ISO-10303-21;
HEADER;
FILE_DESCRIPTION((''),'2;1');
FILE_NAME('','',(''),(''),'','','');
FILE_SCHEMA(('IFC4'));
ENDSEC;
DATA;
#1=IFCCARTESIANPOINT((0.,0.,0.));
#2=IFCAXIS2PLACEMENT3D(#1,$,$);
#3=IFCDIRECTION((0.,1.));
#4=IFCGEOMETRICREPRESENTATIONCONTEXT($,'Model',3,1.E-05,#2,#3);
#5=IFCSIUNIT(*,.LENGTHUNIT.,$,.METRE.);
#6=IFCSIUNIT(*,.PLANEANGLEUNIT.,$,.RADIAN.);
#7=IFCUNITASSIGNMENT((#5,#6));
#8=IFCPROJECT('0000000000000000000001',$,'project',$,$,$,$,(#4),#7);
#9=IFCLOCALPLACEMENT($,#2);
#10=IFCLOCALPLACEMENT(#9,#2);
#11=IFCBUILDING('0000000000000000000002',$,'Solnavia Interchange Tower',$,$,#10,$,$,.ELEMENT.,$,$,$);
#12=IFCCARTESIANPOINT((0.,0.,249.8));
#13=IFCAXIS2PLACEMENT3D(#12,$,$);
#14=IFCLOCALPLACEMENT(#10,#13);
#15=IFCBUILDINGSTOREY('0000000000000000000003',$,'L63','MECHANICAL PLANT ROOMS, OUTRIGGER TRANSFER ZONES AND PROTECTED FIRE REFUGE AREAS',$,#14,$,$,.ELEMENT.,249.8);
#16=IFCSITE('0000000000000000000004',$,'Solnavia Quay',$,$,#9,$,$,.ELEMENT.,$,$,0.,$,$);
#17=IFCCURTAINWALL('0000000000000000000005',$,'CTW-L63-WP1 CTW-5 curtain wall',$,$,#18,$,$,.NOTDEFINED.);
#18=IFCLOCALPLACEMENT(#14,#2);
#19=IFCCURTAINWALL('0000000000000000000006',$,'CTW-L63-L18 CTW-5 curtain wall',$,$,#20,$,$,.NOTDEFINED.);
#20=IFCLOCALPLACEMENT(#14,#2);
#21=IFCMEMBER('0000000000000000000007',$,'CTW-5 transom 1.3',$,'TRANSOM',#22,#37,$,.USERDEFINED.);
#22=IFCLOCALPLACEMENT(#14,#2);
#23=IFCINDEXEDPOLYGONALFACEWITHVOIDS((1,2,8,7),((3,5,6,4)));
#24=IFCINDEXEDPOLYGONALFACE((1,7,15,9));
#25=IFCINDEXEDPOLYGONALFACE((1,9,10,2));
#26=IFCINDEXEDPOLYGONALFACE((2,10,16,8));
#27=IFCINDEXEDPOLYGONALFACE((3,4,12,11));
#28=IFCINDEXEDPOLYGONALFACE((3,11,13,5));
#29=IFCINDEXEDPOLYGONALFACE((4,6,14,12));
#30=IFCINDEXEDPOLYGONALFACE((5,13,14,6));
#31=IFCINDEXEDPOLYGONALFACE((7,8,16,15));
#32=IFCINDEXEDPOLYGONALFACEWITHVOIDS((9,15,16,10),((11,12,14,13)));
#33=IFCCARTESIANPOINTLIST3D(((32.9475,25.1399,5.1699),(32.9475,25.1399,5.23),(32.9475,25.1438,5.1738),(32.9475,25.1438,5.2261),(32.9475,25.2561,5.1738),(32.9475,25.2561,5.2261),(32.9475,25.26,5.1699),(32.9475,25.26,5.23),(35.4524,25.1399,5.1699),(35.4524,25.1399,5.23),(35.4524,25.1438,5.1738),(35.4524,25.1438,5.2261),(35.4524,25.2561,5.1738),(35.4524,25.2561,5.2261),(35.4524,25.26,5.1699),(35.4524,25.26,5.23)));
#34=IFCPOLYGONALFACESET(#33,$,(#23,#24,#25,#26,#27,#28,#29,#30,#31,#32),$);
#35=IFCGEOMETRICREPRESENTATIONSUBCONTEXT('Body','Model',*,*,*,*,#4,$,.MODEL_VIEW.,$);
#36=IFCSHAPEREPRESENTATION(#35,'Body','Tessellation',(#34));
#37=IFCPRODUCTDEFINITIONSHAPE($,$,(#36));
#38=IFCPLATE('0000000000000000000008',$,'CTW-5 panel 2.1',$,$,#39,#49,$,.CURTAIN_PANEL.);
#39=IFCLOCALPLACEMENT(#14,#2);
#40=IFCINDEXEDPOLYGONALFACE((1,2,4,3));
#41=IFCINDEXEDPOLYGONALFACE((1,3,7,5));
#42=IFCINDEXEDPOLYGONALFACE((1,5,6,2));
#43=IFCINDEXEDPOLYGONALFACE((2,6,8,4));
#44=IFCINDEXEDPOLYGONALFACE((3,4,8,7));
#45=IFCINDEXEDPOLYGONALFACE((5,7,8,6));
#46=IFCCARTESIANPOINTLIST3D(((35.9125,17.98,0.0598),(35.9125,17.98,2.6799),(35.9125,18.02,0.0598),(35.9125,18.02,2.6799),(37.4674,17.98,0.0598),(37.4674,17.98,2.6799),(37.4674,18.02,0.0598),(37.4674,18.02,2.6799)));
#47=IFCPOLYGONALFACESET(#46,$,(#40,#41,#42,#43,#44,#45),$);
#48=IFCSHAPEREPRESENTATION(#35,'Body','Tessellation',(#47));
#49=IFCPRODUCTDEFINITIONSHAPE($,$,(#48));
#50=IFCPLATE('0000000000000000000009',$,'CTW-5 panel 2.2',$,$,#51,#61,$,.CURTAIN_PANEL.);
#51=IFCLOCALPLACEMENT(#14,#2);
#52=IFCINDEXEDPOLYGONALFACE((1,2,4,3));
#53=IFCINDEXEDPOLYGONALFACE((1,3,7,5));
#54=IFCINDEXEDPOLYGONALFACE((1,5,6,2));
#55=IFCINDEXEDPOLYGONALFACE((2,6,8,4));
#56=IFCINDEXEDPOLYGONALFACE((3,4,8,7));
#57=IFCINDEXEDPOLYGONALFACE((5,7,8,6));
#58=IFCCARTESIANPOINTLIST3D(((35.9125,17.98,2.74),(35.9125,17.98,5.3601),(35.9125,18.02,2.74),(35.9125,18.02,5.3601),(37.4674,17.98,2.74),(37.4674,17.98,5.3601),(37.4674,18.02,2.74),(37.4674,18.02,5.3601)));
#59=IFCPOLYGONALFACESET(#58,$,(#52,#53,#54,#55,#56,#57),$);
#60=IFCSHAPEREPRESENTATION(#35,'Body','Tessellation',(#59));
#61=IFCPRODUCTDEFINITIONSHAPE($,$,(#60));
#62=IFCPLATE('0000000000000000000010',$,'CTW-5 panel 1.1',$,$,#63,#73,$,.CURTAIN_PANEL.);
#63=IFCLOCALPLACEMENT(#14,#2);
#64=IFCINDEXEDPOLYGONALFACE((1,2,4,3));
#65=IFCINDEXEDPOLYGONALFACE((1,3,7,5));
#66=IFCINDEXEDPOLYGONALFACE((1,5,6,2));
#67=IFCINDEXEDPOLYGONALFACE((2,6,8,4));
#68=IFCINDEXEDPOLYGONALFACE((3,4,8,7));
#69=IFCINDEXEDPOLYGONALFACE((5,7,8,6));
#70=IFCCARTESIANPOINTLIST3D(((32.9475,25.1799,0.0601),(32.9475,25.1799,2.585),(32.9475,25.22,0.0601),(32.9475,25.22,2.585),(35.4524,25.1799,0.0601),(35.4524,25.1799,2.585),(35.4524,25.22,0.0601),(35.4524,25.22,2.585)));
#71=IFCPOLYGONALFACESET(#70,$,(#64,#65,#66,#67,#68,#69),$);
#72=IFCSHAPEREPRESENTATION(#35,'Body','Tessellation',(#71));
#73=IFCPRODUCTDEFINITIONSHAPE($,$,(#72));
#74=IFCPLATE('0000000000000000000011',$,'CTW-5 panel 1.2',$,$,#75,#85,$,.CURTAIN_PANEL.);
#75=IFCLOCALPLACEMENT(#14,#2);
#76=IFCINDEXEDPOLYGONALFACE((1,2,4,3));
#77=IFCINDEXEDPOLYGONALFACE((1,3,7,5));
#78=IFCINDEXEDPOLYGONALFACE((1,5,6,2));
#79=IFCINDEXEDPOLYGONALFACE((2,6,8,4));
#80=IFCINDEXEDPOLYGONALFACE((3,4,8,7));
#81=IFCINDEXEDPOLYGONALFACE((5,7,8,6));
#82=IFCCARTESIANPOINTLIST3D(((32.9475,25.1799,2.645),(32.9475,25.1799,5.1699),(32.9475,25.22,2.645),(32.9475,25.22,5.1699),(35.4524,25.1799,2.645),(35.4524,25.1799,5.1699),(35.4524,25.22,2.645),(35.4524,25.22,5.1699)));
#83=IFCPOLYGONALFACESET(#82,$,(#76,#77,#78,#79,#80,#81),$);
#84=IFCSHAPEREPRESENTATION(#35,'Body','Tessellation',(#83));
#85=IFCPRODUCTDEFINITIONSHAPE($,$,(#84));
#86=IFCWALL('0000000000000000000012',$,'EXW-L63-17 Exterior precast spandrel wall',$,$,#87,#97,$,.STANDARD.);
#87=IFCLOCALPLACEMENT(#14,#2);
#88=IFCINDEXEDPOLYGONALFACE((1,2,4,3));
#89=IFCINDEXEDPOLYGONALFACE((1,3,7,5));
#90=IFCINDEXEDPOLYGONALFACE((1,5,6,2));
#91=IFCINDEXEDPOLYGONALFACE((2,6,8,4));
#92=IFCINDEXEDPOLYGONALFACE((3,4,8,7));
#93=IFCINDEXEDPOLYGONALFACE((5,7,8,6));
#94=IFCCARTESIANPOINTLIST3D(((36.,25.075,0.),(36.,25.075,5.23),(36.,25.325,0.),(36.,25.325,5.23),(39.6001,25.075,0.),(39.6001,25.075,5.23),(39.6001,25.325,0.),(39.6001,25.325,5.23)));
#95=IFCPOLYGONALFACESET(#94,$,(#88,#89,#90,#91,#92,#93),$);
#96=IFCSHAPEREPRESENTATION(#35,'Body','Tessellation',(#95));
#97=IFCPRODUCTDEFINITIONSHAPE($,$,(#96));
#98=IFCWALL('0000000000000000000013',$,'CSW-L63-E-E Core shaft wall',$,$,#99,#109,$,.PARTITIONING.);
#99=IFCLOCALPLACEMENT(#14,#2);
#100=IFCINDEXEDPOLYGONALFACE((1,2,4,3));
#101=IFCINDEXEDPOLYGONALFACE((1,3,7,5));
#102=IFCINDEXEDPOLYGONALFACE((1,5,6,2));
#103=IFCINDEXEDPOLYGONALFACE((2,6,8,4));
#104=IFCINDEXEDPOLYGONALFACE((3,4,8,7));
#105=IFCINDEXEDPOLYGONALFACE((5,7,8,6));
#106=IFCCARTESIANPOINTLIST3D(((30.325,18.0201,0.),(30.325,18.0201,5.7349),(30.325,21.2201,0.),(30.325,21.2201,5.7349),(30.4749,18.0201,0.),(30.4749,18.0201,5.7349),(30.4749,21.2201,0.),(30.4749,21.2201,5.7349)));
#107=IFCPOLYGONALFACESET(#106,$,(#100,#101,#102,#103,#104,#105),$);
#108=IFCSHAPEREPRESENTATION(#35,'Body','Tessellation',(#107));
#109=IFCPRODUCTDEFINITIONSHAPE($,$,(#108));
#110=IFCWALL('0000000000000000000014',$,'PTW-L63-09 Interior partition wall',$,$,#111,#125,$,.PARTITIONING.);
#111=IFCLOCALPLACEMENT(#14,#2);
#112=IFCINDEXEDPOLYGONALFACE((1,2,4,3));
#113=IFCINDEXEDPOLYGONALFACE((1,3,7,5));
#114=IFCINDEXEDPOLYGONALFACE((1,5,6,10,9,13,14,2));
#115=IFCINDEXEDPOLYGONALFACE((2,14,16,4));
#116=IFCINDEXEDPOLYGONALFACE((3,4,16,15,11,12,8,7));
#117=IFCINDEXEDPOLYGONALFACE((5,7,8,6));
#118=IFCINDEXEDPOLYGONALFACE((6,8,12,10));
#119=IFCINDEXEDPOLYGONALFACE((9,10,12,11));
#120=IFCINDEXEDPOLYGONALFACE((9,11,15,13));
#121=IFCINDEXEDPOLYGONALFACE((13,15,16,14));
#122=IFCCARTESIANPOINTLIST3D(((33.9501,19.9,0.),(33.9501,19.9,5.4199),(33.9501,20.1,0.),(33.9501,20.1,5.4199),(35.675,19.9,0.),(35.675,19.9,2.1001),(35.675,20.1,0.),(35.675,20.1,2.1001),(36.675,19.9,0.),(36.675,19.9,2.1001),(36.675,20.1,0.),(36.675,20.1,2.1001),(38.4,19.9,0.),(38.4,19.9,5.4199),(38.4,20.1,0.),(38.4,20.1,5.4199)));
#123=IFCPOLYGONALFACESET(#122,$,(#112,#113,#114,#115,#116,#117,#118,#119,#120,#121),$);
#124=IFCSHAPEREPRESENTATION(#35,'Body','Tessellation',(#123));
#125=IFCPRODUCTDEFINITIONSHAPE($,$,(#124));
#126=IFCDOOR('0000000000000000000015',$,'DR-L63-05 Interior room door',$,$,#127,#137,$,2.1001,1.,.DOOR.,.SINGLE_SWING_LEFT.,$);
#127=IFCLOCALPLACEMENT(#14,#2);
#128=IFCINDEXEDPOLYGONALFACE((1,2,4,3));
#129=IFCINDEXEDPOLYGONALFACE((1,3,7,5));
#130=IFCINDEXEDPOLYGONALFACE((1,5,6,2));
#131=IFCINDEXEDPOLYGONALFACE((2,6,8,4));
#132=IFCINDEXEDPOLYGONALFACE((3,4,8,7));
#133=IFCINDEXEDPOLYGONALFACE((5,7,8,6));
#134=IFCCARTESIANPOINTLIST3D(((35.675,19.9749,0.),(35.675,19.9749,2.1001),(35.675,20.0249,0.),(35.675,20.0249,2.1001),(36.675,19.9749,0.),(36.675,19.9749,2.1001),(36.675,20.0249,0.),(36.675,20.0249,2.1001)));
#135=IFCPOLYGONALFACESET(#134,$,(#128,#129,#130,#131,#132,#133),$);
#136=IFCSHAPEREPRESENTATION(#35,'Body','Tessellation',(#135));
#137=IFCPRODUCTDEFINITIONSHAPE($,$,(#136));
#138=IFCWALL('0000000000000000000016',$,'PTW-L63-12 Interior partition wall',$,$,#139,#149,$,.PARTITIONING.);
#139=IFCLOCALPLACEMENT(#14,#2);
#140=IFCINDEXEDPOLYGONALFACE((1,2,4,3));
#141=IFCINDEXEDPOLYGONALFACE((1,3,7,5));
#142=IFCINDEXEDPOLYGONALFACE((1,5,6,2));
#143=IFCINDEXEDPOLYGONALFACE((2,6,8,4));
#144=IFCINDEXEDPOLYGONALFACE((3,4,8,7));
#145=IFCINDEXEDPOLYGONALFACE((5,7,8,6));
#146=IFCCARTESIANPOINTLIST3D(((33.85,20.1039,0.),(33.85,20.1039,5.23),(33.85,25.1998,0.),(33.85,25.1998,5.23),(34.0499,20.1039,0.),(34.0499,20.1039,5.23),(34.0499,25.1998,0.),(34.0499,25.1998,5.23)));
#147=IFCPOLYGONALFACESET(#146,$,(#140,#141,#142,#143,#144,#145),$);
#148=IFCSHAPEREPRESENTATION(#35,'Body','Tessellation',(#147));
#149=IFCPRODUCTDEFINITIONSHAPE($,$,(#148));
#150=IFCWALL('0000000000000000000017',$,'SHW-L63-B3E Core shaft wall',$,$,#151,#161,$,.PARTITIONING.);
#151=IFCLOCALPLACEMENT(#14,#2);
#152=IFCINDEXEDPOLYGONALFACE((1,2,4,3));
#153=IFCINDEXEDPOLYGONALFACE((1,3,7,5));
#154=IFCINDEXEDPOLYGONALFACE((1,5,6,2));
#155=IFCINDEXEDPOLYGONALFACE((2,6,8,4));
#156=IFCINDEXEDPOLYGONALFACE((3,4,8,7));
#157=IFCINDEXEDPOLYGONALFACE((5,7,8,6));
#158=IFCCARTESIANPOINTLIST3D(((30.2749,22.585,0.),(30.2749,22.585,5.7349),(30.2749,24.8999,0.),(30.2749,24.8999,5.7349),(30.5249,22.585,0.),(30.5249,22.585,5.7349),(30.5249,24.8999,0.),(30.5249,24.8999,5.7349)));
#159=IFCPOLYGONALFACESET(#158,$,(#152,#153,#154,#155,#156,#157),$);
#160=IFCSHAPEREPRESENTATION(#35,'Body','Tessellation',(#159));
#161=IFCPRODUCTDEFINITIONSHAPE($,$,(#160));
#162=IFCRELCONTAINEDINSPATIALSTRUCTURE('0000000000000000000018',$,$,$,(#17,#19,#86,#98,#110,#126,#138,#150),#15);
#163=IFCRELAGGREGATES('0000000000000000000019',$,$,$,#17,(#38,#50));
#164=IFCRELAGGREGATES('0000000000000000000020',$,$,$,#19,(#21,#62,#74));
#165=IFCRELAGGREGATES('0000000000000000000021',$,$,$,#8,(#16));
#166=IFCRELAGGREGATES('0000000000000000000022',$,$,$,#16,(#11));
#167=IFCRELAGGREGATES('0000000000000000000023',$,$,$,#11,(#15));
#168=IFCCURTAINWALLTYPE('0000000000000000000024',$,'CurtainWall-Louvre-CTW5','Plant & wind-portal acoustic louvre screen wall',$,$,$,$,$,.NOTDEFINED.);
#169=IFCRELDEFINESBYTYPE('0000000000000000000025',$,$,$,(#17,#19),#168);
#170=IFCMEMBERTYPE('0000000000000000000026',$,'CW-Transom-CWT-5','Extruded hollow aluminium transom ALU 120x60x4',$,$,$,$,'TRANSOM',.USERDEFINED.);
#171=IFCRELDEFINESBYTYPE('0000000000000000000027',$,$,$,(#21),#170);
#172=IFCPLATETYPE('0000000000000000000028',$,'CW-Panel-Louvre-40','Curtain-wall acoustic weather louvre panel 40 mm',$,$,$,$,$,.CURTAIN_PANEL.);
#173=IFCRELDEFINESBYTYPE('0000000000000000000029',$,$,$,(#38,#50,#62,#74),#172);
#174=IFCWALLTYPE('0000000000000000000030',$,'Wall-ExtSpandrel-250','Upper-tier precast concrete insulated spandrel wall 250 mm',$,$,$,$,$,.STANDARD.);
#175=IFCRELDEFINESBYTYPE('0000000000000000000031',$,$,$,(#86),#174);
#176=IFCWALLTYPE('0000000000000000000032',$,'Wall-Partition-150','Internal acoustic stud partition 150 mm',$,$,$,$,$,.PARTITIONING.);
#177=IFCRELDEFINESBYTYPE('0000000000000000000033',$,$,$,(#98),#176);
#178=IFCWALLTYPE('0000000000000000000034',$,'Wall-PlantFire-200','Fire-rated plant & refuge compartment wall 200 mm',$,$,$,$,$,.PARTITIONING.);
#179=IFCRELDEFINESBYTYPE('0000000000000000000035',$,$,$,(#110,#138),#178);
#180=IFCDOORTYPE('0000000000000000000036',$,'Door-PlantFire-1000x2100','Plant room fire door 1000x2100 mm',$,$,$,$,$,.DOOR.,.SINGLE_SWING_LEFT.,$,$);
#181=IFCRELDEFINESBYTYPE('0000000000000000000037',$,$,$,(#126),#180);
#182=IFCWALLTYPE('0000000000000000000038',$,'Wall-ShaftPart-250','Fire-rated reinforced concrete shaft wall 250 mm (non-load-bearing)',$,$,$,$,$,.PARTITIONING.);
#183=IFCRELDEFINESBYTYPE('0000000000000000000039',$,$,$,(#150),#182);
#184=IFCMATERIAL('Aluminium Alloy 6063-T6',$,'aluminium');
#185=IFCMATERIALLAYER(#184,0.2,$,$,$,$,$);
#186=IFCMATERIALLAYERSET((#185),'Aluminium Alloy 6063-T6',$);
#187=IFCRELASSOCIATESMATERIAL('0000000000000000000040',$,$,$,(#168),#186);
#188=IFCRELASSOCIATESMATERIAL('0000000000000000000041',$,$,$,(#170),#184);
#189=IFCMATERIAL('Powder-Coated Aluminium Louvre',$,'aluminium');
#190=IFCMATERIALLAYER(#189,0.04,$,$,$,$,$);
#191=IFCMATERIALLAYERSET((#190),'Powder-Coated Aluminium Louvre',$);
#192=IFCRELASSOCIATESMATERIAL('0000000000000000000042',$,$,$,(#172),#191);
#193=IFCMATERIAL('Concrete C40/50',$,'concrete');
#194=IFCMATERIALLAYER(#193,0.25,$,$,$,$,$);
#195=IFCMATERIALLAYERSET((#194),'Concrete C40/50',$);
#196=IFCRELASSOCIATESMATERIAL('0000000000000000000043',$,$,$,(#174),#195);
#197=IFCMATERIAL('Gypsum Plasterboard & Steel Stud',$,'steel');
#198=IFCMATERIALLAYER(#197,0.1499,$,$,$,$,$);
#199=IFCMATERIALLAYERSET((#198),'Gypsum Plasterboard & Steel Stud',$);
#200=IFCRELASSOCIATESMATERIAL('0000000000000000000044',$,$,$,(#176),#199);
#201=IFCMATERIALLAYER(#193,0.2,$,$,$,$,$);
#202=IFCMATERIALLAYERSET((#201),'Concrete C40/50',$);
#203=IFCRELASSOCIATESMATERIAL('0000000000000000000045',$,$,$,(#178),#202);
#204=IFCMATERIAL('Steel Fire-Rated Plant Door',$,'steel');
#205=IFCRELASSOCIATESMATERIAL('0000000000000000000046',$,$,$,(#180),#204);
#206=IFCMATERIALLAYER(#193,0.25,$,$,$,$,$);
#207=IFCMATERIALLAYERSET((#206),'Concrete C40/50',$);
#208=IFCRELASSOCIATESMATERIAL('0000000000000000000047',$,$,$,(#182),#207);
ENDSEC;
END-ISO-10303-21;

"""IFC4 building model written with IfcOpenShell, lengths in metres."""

from ifc_helpers import new_model, si_unit, direction, frame, frame_2d, origin, origin_2d, place, context, subcontext, project, spatial, rectangle, hollow_rectangle, extrude, material, layer, layer_set, material_profile, profile_set, type_object, element, fill, aggregate, save


model = new_model("IFC4")

# Units and contexts
model_context = context("Model", 3, precision=1e-05, world=origin(), true_north=direction((0.0, 1.0)))
body_context = subcontext(model_context, "Body", "Model", "MODEL_VIEW")
ifc_project = project(units=[si_unit("LENGTHUNIT", "METRE"), si_unit("PLANEANGLEUNIT", "RADIAN")], contexts=[model_context])

# Site, building, storey
site_placement = place(None, origin())
site = spatial("IfcSite", under=ifc_project, at=site_placement, Name="Solnavia Quay", CompositionType="ELEMENT", RefElevation=0.0)
building_placement = place(site_placement, origin())
building = spatial("IfcBuilding", under=site, at=building_placement, Name="Solnavia Interchange Tower", CompositionType="ELEMENT")
storey_placement = place(building_placement, frame((0.0, 0.0, 249.8)))
storey = spatial("IfcBuildingStorey", under=building, at=storey_placement, Name="L63", Description="MECHANICAL PLANT ROOMS, OUTRIGGER TRANSFER ZONES AND PROTECTED FIRE REFUGE AREAS", CompositionType="ELEMENT", Elevation=249.8)

# Curtain wall
ifc_material_1 = material(Name="Aluminium Alloy 6063-T6", Category="aluminium")
ifc_layer_1 = layer(ifc_material_1, 0.2)
ifc_layer_set_1 = layer_set([ifc_layer_1], Name="Aluminium Alloy 6063-T6")
curtain_wall_type = type_object("IfcCurtainWallType", Name="CurtainWall-Louvre-CTW5", Description="Plant & wind-portal acoustic louvre screen wall", PredefinedType="NOTDEFINED", material=ifc_layer_set_1)
curtain_wall_1_placement = place(storey_placement, origin())
curtain_wall_1 = element("IfcCurtainWall", 1, at=curtain_wall_1_placement, inside=storey, type_object=curtain_wall_type, Name="CTW-L63-WP1 CTW-5 curtain wall", PredefinedType="NOTDEFINED")

# Curtain wall
curtain_wall_2_placement = place(storey_placement, origin())
curtain_wall_2 = element("IfcCurtainWall", 2, at=curtain_wall_2_placement, inside=storey, type_object=curtain_wall_type, Name="CTW-L63-L18 CTW-5 curtain wall", PredefinedType="NOTDEFINED")

# Member
ifc_material_profile_1 = material_profile(ifc_material_1, hollow_rectangle(XDim=0.0601, YDim=0.1201, WallThickness=0.0039, at=origin_2d()), Name="ALU 120x60x4")
ifc_profile_set_1 = profile_set([ifc_material_profile_1], Name="Aluminium Alloy 6063-T6")
member_type_1 = type_object("IfcMemberType", Name="CW-Transom-CWT-5", Description="Extruded hollow aluminium transom ALU 120x60x4", ElementType="TRANSOM", PredefinedType="USERDEFINED", material=ifc_profile_set_1)
member_1_placement = place(storey_placement, frame((35.4524, 25.2, 5.2), z_axis=(-1.0, 0.0, 0.0), x_axis=(0.0, 0.0, 1.0)))
member_1 = element("IfcMember", 3, at=member_1_placement, type_object=member_type_1, Name="CTW-5 transom 1.3", ObjectType="TRANSOM", PredefinedType="USERDEFINED", context=body_context, shape_type="SweptSolid", body=[
    extrude(hollow_rectangle(XDim=0.0601, YDim=0.1201, WallThickness=0.0039, at=origin_2d()), origin(), (0.0, 0.0, 1.0), 2.5049),
])

# Plates
ifc_material_2 = material(Name="Powder-Coated Aluminium Louvre", Category="aluminium")
ifc_layer_2 = layer(ifc_material_2, 0.04)
ifc_layer_set_2 = layer_set([ifc_layer_2], Name="Powder-Coated Aluminium Louvre")
plate_type = type_object("IfcPlateType", Name="CW-Panel-Louvre-40", Description="Curtain-wall acoustic weather louvre panel 40 mm", PredefinedType="CURTAIN_PANEL", material=ifc_layer_set_2)
plate_1_placement = place(storey_placement, frame((36.6899, 18.0, 0.0598), z_axis=(0.0, 0.0, 1.0), x_axis=(1.0, 0.0, 0.0)))
plate_1 = element("IfcPlate", 4, at=plate_1_placement, type_object=plate_type, Name="CTW-5 panel 2.1", PredefinedType="CURTAIN_PANEL", context=body_context, shape_type="SweptSolid", body=[
    extrude(rectangle(XDim=1.5549, YDim=0.04, at=origin_2d()), origin(), (0.0, 0.0, 1.0), 2.6201),
])
plate_2_placement = place(storey_placement, frame((36.6899, 18.0, 2.74), z_axis=(0.0, 0.0, 1.0), x_axis=(1.0, 0.0, 0.0)))
plate_2 = element("IfcPlate", 5, at=plate_2_placement, type_object=plate_type, Name="CTW-5 panel 2.2", PredefinedType="CURTAIN_PANEL", context=body_context, shape_type="SweptSolid", body=[
    extrude(rectangle(XDim=1.5549, YDim=0.04, at=origin_2d()), origin(), (0.0, 0.0, 1.0), 2.6201),
])
aggregate(curtain_wall_1, [plate_1, plate_2])
plate_3_placement = place(storey_placement, frame((34.2, 25.2, 0.0601), z_axis=(0.0, 0.0, 1.0), x_axis=(-1.0, 0.0, 0.0)))
plate_3 = element("IfcPlate", 6, at=plate_3_placement, type_object=plate_type, Name="CTW-5 panel 1.1", PredefinedType="CURTAIN_PANEL", context=body_context, shape_type="SweptSolid", body=[
    extrude(rectangle(XDim=2.5049, YDim=0.04, at=origin_2d()), origin(), (0.0, 0.0, 1.0), 2.5249),
])
plate_4_placement = place(storey_placement, frame((34.2, 25.2, 2.645), z_axis=(0.0, 0.0, 1.0), x_axis=(-1.0, 0.0, 0.0)))
plate_4 = element("IfcPlate", 7, at=plate_4_placement, type_object=plate_type, Name="CTW-5 panel 1.2", PredefinedType="CURTAIN_PANEL", context=body_context, shape_type="SweptSolid", body=[
    extrude(rectangle(XDim=2.5049, YDim=0.04, at=origin_2d()), origin(), (0.0, 0.0, 1.0), 2.5249),
])
aggregate(curtain_wall_2, [member_1, plate_3, plate_4])

# Walls
ifc_material_3 = material(Name="Concrete C40/50", Category="concrete")
ifc_layer_3 = layer(ifc_material_3, 0.25)
ifc_layer_set_3 = layer_set([ifc_layer_3], Name="Concrete C40/50")
wall_type_1 = type_object("IfcWallType", Name="Wall-ExtSpandrel-250", Description="Upper-tier precast concrete insulated spandrel wall 250 mm", PredefinedType="STANDARD", material=ifc_layer_set_3)
wall_1_placement = place(storey_placement, frame((36.0, 25.2, 0.0), z_axis=(0.0, 0.0, 1.0), x_axis=(1.0, 0.0, 0.0)))
element("IfcWall", 8, at=wall_1_placement, inside=storey, type_object=wall_type_1, Name="EXW-L63-17 Exterior precast spandrel wall", PredefinedType="STANDARD", context=body_context, shape_type="SweptSolid", body=[
    extrude(rectangle(XDim=3.6001, YDim=0.25, at=frame_2d((1.8, 0.0))), origin(), (0.0, 0.0, 1.0), 5.23),
])
ifc_material_4 = material(Name="Gypsum Plasterboard & Steel Stud", Category="steel")
ifc_layer_4 = layer(ifc_material_4, 0.1499)
ifc_layer_set_4 = layer_set([ifc_layer_4], Name="Gypsum Plasterboard & Steel Stud")
wall_type_2 = type_object("IfcWallType", Name="Wall-Partition-150", Description="Internal acoustic stud partition 150 mm", PredefinedType="PARTITIONING", material=ifc_layer_set_4)
wall_2_placement = place(storey_placement, frame((30.3999, 18.02, 0.0), z_axis=(0.0, 0.0, 1.0), x_axis=(0.0, 1.0, 0.0)))
element("IfcWall", 9, at=wall_2_placement, inside=storey, type_object=wall_type_2, Name="CSW-L63-E-E Core shaft wall", PredefinedType="PARTITIONING", context=body_context, shape_type="SweptSolid", body=[
    extrude(rectangle(XDim=3.2, YDim=0.1499, at=frame_2d((1.6001, 0.0))), origin(), (0.0, 0.0, 1.0), 5.7349),
])

# Wall, opening, door
ifc_layer_5 = layer(ifc_material_3, 0.2)
ifc_layer_set_5 = layer_set([ifc_layer_5], Name="Concrete C40/50")
wall_type_3 = type_object("IfcWallType", Name="Wall-PlantFire-200", Description="Fire-rated plant & refuge compartment wall 200 mm", PredefinedType="PARTITIONING", material=ifc_layer_set_5)
wall_3_placement = place(storey_placement, frame((33.95, 20.0, 0.0), z_axis=(0.0, 0.0, 1.0), x_axis=(1.0, 0.0, 0.0)))
wall_3 = element("IfcWall", 10, at=wall_3_placement, inside=storey, type_object=wall_type_3, Name="PTW-L63-09 Interior partition wall", PredefinedType="PARTITIONING", context=body_context, shape_type="SweptSolid", body=[
    extrude(rectangle(XDim=4.45, YDim=0.2, at=frame_2d((2.2251, 0.0))), origin(), (0.0, 0.0, 1.0), 5.4199),
])
opening_placement = place(wall_3_placement, frame((1.7251, 0.0, 0.0)))
opening = element("IfcOpeningElement", 11, at=opening_placement, cuts=wall_3, PredefinedType="OPENING", context=body_context, shape_type="SweptSolid", body=[
    extrude(rectangle(XDim=1.0, YDim=2.1001, at=frame_2d((0.5, 1.05))), frame((0.0, 0.1099, 0.0), z_axis=(0.0, -1.0, 0.0), x_axis=(1.0, 0.0, 0.0)), (0.0, 0.0, 1.0), 0.22),
])
ifc_material_5 = material(Name="Steel Fire-Rated Plant Door", Category="steel")
door_type = type_object("IfcDoorType", Name="Door-PlantFire-1000x2100", Description="Plant room fire door 1000x2100 mm", OperationType="SINGLE_SWING_LEFT", PredefinedType="DOOR", material=ifc_material_5)
door_placement = place(opening_placement, origin())
door = element("IfcDoor", 12, at=door_placement, inside=storey, type_object=door_type, Name="DR-L63-05 Interior room door", OperationType="SINGLE_SWING_LEFT", OverallHeight=2.1001, OverallWidth=1.0, PredefinedType="DOOR", context=body_context, shape_type="SweptSolid", body=[
    extrude(rectangle(XDim=1.0, YDim=2.1001, at=frame_2d((0.5, 1.05))), frame((0.0, 0.0249, 0.0), z_axis=(0.0, -1.0, 0.0), x_axis=(1.0, 0.0, 0.0)), (0.0, 0.0, 1.0), 0.05),
])
fill(opening, door)

# Walls
wall_4_placement = place(storey_placement, frame((33.95, 20.104, 0.0), z_axis=(0.0, 0.0, 1.0), x_axis=(0.0, 1.0, 0.0)))
element("IfcWall", 13, at=wall_4_placement, inside=storey, type_object=wall_type_3, Name="PTW-L63-12 Interior partition wall", PredefinedType="PARTITIONING", context=body_context, shape_type="SweptSolid", body=[
    extrude(rectangle(XDim=5.0959, YDim=0.2, at=frame_2d((2.5479, 0.0))), origin(), (0.0, 0.0, 1.0), 5.23),
])
ifc_layer_6 = layer(ifc_material_3, 0.25)
ifc_layer_set_6 = layer_set([ifc_layer_6], Name="Concrete C40/50")
wall_type_4 = type_object("IfcWallType", Name="Wall-ShaftPart-250", Description="Fire-rated reinforced concrete shaft wall 250 mm (non-load-bearing)", PredefinedType="PARTITIONING", material=ifc_layer_set_6)
wall_5_placement = place(storey_placement, frame((30.3999, 22.585, 0.0), z_axis=(0.0, 0.0, 1.0), x_axis=(0.0, 1.0, 0.0)))
element("IfcWall", 14, at=wall_5_placement, inside=storey, type_object=wall_type_4, Name="SHW-L63-B3E Core shaft wall", PredefinedType="PARTITIONING", context=body_context, shape_type="SweptSolid", body=[
    extrude(rectangle(XDim=2.3149, YDim=0.25, at=frame_2d((1.1575, 0.0))), origin(), (0.0, 0.0, 1.0), 5.7349),
])

save(model, "model.ifc")
